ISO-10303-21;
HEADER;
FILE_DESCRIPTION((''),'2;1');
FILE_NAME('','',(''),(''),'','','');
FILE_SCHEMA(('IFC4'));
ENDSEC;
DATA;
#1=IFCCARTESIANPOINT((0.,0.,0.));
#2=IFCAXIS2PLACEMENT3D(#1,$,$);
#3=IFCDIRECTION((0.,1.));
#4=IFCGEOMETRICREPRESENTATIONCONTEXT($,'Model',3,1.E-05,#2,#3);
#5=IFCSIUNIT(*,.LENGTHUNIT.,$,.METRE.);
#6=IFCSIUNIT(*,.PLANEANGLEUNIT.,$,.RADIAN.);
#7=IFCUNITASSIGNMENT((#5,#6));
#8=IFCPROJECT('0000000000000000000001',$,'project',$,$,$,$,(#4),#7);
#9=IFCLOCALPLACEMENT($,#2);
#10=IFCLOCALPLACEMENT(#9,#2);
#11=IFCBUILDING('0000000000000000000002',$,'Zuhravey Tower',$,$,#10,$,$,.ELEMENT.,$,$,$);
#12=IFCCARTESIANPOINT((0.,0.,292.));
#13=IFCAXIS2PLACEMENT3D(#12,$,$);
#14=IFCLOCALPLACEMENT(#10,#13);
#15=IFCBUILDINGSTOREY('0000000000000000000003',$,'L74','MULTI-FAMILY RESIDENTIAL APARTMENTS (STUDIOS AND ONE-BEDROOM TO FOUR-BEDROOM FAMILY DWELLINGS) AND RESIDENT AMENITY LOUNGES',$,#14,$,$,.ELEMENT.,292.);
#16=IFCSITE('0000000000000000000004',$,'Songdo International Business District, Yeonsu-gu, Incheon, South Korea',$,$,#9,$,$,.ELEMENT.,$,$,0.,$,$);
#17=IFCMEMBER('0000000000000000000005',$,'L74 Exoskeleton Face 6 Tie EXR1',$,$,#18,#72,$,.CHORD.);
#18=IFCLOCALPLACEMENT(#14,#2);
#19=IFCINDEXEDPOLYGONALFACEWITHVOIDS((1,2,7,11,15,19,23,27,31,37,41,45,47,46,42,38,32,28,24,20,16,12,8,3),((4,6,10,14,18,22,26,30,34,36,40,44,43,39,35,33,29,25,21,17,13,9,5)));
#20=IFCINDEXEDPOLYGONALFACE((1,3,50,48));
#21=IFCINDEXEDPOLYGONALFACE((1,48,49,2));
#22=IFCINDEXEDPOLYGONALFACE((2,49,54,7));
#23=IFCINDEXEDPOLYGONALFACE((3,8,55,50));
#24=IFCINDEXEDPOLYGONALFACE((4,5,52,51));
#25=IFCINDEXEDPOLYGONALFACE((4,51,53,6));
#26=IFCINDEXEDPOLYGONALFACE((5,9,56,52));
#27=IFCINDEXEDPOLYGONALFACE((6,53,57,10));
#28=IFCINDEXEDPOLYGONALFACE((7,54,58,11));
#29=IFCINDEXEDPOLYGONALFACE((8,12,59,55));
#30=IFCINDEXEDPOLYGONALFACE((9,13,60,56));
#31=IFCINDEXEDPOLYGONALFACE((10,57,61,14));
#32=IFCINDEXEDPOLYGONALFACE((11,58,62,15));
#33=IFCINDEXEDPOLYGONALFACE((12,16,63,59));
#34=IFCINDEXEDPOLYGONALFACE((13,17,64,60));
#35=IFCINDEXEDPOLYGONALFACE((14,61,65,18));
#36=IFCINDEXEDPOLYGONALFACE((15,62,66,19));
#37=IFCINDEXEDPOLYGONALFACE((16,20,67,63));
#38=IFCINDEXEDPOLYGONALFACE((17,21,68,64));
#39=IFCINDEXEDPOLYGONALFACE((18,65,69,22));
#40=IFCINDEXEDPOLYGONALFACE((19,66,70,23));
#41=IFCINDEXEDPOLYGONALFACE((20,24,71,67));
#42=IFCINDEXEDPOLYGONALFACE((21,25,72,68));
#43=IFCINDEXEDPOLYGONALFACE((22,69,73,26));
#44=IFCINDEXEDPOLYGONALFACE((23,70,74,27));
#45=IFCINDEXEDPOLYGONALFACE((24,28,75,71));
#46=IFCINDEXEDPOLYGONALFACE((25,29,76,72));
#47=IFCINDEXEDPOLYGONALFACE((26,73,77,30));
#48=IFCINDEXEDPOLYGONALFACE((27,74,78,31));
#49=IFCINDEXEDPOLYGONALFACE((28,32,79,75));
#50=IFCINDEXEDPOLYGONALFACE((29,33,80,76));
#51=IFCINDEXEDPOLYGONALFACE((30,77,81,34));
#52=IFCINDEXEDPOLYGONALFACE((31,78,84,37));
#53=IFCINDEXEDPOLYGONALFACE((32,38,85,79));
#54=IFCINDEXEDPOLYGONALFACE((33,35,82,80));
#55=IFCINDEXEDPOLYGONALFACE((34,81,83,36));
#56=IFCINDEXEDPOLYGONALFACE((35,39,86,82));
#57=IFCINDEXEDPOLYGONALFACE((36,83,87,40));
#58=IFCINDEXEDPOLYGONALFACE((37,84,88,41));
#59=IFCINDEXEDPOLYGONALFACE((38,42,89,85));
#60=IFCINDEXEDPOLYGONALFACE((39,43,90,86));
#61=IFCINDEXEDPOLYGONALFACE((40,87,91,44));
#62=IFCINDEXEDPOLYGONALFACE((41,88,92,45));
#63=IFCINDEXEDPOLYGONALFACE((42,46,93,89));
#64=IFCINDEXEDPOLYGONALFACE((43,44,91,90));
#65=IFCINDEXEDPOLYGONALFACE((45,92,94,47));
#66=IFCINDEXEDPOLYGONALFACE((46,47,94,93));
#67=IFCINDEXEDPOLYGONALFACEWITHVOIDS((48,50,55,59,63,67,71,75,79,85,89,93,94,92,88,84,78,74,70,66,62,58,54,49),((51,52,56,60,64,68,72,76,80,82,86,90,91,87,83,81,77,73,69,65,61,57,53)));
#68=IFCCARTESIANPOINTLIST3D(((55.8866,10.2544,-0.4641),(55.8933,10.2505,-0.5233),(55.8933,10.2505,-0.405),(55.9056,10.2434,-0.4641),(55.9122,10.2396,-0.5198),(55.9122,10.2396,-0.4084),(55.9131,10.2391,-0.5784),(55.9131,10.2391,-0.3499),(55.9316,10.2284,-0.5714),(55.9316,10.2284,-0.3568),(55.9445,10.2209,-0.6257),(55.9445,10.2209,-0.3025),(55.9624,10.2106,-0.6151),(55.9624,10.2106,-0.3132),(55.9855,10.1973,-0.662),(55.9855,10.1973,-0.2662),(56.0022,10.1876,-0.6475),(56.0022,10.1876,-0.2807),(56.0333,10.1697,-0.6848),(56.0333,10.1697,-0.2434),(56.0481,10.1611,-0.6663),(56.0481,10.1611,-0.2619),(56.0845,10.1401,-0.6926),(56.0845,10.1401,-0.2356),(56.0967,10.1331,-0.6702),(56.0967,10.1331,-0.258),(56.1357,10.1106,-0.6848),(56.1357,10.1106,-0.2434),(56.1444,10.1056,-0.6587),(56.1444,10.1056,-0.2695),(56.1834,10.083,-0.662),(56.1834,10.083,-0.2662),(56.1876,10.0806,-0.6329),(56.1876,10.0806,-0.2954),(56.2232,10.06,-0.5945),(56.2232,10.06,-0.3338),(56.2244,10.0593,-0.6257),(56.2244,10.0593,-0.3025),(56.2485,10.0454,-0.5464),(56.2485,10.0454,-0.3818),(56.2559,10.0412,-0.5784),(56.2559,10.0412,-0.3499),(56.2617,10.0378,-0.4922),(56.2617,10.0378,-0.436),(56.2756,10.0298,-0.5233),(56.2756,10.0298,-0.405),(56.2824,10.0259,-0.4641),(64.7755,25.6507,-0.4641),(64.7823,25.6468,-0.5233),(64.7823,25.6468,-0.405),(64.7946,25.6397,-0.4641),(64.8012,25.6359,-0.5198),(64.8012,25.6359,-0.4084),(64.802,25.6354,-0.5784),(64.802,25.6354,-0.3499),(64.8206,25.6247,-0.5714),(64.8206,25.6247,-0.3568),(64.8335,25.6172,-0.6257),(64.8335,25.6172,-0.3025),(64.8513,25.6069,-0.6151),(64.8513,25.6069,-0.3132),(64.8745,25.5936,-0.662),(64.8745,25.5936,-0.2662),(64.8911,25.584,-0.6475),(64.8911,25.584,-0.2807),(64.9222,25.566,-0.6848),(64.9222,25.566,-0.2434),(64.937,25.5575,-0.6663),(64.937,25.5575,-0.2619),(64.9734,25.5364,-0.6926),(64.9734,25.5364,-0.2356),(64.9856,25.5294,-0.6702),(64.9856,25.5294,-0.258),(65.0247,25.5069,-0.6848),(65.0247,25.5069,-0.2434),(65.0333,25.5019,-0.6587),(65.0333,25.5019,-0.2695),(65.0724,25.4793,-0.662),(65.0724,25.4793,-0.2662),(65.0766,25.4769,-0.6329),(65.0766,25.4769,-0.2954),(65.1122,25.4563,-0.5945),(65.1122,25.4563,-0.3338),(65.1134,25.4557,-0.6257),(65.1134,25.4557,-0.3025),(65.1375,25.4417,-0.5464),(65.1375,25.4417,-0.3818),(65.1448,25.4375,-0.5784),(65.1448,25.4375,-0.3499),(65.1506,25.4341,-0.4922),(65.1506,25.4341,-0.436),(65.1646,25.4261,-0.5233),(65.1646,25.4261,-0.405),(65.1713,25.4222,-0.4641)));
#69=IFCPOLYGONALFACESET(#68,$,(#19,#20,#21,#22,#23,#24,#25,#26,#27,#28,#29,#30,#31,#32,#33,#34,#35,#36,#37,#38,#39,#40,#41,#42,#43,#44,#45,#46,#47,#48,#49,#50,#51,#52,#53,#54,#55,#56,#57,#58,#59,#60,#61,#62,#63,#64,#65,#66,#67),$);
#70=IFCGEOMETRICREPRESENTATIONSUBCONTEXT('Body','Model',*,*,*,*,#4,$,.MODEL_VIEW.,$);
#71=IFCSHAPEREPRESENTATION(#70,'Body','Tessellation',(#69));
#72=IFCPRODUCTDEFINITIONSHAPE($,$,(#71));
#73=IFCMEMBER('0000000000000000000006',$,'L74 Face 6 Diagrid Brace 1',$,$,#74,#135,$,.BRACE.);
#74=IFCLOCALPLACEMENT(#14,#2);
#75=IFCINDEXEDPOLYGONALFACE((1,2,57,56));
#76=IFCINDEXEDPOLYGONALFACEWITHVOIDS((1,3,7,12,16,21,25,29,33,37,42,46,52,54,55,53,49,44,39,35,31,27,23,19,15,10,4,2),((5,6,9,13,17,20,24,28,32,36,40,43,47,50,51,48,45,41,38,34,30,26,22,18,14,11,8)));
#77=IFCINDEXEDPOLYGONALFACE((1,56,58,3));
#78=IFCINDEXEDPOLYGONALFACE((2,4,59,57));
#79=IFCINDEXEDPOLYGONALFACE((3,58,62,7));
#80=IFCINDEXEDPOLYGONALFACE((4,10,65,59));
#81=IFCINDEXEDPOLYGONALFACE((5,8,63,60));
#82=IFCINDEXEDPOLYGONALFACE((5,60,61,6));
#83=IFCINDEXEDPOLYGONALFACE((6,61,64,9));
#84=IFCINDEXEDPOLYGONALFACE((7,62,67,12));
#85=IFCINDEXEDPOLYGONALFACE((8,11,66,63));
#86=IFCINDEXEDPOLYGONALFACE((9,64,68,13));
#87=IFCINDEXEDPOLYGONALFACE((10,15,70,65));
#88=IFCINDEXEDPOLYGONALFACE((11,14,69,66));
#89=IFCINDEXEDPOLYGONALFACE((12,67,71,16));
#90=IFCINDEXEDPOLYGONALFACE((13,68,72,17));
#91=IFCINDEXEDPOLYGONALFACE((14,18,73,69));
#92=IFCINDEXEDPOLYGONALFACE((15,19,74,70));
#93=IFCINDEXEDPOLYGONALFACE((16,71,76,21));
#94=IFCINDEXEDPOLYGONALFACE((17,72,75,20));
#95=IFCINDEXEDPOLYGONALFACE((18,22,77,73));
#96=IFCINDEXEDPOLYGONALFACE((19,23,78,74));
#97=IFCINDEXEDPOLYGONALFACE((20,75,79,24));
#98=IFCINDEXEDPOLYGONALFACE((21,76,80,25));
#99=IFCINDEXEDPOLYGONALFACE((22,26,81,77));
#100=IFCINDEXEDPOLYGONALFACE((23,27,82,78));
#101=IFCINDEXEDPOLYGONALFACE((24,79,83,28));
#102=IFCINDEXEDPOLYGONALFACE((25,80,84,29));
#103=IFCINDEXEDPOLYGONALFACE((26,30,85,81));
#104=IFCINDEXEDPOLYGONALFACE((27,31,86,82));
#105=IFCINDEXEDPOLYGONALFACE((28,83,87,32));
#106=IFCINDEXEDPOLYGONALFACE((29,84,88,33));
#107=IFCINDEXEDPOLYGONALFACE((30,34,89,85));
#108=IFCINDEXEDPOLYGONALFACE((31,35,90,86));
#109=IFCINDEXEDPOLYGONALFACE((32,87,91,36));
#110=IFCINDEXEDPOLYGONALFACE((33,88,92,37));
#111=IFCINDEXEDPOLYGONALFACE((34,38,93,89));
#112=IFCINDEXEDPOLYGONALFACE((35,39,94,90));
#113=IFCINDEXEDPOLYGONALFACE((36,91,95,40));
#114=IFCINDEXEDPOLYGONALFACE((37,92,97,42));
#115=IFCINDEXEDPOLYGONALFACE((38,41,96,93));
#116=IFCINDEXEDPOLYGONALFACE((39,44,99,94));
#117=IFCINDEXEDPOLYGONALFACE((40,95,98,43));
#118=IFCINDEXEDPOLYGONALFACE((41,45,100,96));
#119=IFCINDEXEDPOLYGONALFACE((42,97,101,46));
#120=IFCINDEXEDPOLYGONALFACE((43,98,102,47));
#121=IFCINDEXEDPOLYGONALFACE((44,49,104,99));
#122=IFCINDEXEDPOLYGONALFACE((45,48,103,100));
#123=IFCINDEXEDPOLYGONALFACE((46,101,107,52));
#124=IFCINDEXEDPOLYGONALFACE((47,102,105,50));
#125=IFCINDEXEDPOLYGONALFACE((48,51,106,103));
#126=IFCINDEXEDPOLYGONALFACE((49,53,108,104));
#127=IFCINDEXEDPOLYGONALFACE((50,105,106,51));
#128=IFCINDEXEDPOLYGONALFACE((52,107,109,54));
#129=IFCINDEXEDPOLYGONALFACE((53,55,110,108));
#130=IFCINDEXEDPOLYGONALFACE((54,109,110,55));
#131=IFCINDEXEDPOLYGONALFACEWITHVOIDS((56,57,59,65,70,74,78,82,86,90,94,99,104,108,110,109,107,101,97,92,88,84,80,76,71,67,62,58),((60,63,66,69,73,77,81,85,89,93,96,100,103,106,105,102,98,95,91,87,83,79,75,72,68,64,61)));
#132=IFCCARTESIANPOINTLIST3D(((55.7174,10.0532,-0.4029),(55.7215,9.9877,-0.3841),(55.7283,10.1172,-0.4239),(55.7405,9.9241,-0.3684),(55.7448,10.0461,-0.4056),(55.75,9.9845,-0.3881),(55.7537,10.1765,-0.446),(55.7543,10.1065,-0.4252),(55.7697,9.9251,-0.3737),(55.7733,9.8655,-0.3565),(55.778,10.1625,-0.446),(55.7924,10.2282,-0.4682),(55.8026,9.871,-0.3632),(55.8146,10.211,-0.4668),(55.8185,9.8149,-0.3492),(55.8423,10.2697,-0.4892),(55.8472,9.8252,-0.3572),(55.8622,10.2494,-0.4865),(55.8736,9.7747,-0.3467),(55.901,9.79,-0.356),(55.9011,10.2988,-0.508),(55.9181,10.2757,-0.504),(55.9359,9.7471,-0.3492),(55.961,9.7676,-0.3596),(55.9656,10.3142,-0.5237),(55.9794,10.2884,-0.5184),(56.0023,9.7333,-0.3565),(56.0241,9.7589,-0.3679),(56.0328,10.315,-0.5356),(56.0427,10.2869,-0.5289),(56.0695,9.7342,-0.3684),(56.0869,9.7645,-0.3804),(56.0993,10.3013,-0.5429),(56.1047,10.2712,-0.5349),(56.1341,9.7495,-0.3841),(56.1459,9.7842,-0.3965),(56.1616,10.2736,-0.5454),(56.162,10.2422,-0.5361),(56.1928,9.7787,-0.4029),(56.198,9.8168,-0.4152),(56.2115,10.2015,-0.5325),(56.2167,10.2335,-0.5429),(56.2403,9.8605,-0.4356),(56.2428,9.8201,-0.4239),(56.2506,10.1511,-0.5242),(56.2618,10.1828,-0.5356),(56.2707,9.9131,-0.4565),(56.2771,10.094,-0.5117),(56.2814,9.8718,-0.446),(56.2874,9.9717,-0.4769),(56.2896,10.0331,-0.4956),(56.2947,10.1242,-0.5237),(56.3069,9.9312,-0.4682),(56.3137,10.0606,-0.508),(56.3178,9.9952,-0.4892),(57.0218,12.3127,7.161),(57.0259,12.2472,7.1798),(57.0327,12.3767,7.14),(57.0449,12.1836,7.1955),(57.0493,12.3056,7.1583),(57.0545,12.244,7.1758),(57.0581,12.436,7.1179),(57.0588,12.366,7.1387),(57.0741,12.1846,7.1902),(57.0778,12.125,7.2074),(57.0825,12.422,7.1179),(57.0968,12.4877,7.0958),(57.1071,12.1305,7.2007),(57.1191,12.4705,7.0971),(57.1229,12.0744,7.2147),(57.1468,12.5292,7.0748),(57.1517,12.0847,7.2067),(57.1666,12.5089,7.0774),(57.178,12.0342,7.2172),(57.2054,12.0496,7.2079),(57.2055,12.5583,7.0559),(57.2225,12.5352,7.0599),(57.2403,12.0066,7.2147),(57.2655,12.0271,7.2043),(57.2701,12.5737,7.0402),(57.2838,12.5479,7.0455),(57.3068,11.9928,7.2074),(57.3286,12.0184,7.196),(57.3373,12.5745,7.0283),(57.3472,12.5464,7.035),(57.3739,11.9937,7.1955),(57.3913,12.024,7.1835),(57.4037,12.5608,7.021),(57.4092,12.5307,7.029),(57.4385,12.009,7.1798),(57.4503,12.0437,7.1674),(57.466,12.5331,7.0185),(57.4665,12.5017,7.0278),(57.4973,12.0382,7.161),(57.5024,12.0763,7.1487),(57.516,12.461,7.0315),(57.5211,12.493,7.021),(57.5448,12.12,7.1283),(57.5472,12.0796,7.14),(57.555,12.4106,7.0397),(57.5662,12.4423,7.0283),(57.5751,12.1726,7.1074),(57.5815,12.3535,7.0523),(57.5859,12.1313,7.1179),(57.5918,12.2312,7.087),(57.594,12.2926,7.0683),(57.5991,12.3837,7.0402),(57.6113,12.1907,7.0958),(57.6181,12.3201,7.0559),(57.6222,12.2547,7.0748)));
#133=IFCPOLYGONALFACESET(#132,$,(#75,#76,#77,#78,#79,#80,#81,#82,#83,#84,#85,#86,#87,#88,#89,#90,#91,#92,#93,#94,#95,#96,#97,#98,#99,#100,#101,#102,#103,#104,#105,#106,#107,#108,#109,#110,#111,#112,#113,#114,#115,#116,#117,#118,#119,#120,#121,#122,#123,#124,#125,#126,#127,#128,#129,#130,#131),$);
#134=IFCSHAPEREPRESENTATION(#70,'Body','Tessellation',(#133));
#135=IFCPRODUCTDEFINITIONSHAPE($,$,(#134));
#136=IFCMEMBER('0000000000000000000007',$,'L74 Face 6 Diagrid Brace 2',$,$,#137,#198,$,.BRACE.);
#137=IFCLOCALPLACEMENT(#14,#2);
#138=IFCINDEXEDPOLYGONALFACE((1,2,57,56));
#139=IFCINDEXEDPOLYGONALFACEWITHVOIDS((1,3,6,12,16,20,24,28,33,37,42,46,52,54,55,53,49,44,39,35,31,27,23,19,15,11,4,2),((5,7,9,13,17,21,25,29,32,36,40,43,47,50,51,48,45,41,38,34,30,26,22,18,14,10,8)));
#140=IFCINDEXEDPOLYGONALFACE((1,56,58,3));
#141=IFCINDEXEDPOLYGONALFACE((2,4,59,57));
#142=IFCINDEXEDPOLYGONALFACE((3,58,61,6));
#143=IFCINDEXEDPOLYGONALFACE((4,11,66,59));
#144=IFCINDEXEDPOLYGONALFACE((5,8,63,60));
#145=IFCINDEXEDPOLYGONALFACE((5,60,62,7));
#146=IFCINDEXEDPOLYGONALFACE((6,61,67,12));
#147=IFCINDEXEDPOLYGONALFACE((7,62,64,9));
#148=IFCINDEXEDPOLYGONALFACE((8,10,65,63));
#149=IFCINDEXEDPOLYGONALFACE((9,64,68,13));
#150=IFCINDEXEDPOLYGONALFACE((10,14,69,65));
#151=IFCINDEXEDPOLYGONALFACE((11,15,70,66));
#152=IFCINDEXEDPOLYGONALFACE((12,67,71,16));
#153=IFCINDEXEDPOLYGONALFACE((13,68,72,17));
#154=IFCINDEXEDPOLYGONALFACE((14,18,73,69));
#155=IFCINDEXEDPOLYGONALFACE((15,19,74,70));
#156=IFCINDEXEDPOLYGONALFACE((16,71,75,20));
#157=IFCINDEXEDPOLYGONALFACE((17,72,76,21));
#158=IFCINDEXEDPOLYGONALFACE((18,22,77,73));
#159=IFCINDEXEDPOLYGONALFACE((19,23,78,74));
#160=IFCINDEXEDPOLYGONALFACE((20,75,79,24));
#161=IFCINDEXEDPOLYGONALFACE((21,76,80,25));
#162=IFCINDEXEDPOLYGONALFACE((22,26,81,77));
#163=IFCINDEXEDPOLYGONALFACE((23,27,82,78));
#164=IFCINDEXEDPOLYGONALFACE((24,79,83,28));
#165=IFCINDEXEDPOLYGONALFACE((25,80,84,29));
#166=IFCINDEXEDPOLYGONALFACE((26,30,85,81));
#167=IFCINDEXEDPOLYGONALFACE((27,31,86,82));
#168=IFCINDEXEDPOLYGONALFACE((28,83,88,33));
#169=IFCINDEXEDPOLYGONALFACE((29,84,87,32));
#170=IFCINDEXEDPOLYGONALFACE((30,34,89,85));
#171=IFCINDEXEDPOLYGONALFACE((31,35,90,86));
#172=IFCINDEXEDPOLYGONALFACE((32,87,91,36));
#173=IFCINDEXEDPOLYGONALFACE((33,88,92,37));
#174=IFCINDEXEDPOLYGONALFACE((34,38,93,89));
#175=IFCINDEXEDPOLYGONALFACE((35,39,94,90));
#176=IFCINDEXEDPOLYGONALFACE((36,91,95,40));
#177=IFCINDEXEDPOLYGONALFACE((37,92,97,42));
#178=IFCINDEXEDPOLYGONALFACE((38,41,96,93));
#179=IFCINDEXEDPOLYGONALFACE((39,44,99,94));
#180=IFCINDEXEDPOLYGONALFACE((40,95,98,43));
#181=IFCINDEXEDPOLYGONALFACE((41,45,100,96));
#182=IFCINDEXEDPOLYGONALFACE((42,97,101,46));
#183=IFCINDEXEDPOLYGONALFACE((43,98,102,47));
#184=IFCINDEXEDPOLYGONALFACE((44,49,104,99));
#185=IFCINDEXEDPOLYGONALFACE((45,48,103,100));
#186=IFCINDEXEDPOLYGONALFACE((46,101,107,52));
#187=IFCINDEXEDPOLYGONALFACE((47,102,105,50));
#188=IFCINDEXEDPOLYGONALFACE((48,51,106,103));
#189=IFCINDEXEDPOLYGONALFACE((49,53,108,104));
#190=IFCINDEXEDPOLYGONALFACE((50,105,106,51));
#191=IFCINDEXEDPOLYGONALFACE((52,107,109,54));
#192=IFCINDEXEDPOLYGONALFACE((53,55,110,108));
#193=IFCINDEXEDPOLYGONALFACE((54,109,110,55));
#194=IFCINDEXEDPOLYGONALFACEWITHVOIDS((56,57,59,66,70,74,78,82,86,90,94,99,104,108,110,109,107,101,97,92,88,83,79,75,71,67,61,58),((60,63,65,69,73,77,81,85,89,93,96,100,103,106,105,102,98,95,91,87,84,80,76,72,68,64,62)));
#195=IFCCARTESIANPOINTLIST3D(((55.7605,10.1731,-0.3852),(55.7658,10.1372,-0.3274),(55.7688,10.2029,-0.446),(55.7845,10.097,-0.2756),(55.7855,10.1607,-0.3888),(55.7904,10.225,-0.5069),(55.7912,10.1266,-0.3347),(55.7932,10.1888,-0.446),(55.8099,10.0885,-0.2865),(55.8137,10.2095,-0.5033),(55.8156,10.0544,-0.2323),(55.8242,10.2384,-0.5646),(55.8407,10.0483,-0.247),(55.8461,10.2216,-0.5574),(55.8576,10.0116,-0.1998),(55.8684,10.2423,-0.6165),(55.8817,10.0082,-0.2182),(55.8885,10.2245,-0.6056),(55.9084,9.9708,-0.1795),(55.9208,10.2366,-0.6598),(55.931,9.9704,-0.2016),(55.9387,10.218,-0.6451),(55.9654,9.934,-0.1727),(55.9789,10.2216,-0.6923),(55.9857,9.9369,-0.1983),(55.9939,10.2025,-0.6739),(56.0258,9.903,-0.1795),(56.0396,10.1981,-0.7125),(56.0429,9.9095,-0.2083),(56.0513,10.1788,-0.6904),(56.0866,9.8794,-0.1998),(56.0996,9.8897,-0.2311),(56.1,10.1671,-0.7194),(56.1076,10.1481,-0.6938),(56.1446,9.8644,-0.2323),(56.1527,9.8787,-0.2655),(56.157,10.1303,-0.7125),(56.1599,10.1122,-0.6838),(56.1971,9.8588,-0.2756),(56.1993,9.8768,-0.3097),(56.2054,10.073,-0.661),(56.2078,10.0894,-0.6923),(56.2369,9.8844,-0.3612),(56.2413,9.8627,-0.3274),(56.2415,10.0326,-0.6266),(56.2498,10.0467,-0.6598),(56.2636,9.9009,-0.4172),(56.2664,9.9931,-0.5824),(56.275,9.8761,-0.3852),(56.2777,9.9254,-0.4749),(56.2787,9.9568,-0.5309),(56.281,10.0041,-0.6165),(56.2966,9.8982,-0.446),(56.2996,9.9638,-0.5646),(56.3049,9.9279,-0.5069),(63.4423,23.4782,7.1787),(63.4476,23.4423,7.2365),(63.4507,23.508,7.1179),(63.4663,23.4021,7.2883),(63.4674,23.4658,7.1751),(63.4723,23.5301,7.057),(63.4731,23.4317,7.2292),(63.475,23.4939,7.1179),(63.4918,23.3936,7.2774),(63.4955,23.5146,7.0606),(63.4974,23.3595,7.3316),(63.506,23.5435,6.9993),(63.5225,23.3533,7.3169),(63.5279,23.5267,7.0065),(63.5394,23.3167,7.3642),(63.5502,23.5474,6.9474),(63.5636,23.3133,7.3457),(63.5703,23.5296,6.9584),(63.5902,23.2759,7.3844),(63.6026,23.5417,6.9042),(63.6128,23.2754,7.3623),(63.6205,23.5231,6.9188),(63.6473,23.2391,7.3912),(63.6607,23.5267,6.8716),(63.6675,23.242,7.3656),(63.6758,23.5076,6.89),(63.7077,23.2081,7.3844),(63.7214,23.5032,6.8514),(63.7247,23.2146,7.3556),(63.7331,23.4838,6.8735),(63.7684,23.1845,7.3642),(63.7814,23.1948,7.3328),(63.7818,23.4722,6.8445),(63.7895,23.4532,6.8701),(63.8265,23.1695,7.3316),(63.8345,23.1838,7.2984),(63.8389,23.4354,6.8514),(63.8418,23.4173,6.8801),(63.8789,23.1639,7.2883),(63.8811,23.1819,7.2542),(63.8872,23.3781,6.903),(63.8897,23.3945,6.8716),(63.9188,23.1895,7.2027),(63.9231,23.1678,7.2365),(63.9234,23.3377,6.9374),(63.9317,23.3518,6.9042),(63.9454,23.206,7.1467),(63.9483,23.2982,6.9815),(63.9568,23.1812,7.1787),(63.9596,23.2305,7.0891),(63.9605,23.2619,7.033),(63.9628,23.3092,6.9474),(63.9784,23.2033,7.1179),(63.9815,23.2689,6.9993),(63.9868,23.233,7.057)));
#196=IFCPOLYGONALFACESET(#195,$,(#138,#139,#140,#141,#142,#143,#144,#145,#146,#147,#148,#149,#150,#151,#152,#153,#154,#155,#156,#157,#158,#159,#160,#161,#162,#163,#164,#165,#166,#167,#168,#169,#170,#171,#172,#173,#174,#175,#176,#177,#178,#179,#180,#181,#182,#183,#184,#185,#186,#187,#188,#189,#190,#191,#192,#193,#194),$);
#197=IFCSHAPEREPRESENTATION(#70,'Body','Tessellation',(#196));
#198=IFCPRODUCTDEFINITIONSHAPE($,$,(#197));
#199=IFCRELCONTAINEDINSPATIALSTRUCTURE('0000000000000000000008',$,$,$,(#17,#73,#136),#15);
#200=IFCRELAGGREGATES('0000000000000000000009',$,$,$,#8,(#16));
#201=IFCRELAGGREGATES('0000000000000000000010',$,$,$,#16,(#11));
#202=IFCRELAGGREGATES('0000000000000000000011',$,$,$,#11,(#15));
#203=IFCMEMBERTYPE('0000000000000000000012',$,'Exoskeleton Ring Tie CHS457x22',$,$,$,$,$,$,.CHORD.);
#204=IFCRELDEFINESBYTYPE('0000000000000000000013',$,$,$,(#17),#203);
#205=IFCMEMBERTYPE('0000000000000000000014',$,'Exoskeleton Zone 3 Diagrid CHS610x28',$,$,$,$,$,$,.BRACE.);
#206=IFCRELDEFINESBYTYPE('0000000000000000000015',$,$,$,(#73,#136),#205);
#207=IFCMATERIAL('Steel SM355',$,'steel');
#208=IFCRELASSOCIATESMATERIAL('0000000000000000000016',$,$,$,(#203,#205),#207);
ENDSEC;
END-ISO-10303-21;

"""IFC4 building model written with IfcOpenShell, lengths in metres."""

from ifc_helpers import new_model, si_unit, direction, frame, origin, origin_2d, place, context, subcontext, project, spatial, hollow_circle, extrude, material, material_profile, profile_set, type_object, element, save


model = new_model("IFC4")

# Units and contexts
model_context = context("Model", 3, precision=1e-05, world=origin(), true_north=direction((0.0, 1.0)))
body_context = subcontext(model_context, "Body", "Model", "MODEL_VIEW")
ifc_project = project(units=[si_unit("LENGTHUNIT", "METRE"), si_unit("PLANEANGLEUNIT", "RADIAN")], contexts=[model_context])

# Site, building, storey
site_placement = place(None, origin())
site = spatial("IfcSite", under=ifc_project, at=site_placement, Name="Songdo International Business District, Yeonsu-gu, Incheon, South Korea", CompositionType="ELEMENT", RefElevation=0.0)
building_placement = place(site_placement, origin())
building = spatial("IfcBuilding", under=site, at=building_placement, Name="Zuhravey Tower", CompositionType="ELEMENT")
storey_placement = place(building_placement, frame((0.0, 0.0, 292.0)))
storey = spatial("IfcBuildingStorey", under=building, at=storey_placement, Name="L74", Description="MULTI-FAMILY RESIDENTIAL APARTMENTS (STUDIOS AND ONE-BEDROOM TO FOUR-BEDROOM FAMILY DWELLINGS) AND RESIDENT AMENITY LOUNGES", CompositionType="ELEMENT", Elevation=292.0)

# Members
ifc_material_1 = material(Name="Steel SM355", Category="steel")
ifc_material_profile_1 = material_profile(ifc_material_1, hollow_circle(Radius=0.2285, WallThickness=0.022, at=origin_2d()), Name="CHS-457.2x22")
ifc_profile_set_1 = profile_set([ifc_material_profile_1], Name="Steel SM355")
member_type_1 = type_object("IfcMemberType", Name="Exoskeleton Ring Tie CHS457x22", PredefinedType="CHORD", material=ifc_profile_set_1)
member_1_placement = place(storey_placement, frame((56.0845, 10.1401, -0.4641), z_axis=(0.499995, 0.866028, 0.0), x_axis=(-0.866028, 0.499995, 0.0)))
element("IfcMember", 1, at=member_1_placement, inside=storey, type_object=member_type_1, Name="L74 Exoskeleton Face 6 Tie EXR1", PredefinedType="CHORD", context=body_context, shape_type="SweptSolid", body=[
    extrude(hollow_circle(Radius=0.2285, WallThickness=0.022, at=origin_2d()), origin(), (0.0, 0.0, 1.0), 17.7781),
])
ifc_material_profile_2 = material_profile(ifc_material_1, hollow_circle(Radius=0.3047, WallThickness=0.0281, at=origin_2d()), Name="CHS-609.6x28")
ifc_profile_set_2 = profile_set([ifc_material_profile_2], Name="Steel SM355")
member_type_2 = type_object("IfcMemberType", Name="Exoskeleton Zone 3 Diagrid CHS610x28", PredefinedType="BRACE", material=ifc_profile_set_2)
member_2_placement = place(storey_placement, frame((56.0176, 10.0242, -0.446), z_axis=(0.163029, 0.282395, 0.945344), x_axis=(-0.866041, 0.499974, 0.0)))
element("IfcMember", 2, at=member_2_placement, inside=storey, type_object=member_type_2, Name="L74 Face 6 Diagrid Brace 1", PredefinedType="BRACE", context=body_context, shape_type="SweptSolid", body=[
    extrude(hollow_circle(Radius=0.3047, WallThickness=0.0281, at=origin_2d()), origin(), (0.0, 0.0, 1.0), 8.0012),
])
member_3_placement = place(storey_placement, frame((56.0327, 10.0505, -0.446), z_axis=(0.448587, 0.776962, 0.441701), x_axis=(-0.866022, 0.500007, 0.0)))
element("IfcMember", 3, at=member_3_placement, inside=storey, type_object=member_type_2, Name="L74 Face 6 Diagrid Brace 2", PredefinedType="BRACE", context=body_context, shape_type="SweptSolid", body=[
    extrude(hollow_circle(Radius=0.3047, WallThickness=0.0281, at=origin_2d()), origin(), (0.0, 0.0, 1.0), 17.1245),
])

save(model, "model.ifc")
